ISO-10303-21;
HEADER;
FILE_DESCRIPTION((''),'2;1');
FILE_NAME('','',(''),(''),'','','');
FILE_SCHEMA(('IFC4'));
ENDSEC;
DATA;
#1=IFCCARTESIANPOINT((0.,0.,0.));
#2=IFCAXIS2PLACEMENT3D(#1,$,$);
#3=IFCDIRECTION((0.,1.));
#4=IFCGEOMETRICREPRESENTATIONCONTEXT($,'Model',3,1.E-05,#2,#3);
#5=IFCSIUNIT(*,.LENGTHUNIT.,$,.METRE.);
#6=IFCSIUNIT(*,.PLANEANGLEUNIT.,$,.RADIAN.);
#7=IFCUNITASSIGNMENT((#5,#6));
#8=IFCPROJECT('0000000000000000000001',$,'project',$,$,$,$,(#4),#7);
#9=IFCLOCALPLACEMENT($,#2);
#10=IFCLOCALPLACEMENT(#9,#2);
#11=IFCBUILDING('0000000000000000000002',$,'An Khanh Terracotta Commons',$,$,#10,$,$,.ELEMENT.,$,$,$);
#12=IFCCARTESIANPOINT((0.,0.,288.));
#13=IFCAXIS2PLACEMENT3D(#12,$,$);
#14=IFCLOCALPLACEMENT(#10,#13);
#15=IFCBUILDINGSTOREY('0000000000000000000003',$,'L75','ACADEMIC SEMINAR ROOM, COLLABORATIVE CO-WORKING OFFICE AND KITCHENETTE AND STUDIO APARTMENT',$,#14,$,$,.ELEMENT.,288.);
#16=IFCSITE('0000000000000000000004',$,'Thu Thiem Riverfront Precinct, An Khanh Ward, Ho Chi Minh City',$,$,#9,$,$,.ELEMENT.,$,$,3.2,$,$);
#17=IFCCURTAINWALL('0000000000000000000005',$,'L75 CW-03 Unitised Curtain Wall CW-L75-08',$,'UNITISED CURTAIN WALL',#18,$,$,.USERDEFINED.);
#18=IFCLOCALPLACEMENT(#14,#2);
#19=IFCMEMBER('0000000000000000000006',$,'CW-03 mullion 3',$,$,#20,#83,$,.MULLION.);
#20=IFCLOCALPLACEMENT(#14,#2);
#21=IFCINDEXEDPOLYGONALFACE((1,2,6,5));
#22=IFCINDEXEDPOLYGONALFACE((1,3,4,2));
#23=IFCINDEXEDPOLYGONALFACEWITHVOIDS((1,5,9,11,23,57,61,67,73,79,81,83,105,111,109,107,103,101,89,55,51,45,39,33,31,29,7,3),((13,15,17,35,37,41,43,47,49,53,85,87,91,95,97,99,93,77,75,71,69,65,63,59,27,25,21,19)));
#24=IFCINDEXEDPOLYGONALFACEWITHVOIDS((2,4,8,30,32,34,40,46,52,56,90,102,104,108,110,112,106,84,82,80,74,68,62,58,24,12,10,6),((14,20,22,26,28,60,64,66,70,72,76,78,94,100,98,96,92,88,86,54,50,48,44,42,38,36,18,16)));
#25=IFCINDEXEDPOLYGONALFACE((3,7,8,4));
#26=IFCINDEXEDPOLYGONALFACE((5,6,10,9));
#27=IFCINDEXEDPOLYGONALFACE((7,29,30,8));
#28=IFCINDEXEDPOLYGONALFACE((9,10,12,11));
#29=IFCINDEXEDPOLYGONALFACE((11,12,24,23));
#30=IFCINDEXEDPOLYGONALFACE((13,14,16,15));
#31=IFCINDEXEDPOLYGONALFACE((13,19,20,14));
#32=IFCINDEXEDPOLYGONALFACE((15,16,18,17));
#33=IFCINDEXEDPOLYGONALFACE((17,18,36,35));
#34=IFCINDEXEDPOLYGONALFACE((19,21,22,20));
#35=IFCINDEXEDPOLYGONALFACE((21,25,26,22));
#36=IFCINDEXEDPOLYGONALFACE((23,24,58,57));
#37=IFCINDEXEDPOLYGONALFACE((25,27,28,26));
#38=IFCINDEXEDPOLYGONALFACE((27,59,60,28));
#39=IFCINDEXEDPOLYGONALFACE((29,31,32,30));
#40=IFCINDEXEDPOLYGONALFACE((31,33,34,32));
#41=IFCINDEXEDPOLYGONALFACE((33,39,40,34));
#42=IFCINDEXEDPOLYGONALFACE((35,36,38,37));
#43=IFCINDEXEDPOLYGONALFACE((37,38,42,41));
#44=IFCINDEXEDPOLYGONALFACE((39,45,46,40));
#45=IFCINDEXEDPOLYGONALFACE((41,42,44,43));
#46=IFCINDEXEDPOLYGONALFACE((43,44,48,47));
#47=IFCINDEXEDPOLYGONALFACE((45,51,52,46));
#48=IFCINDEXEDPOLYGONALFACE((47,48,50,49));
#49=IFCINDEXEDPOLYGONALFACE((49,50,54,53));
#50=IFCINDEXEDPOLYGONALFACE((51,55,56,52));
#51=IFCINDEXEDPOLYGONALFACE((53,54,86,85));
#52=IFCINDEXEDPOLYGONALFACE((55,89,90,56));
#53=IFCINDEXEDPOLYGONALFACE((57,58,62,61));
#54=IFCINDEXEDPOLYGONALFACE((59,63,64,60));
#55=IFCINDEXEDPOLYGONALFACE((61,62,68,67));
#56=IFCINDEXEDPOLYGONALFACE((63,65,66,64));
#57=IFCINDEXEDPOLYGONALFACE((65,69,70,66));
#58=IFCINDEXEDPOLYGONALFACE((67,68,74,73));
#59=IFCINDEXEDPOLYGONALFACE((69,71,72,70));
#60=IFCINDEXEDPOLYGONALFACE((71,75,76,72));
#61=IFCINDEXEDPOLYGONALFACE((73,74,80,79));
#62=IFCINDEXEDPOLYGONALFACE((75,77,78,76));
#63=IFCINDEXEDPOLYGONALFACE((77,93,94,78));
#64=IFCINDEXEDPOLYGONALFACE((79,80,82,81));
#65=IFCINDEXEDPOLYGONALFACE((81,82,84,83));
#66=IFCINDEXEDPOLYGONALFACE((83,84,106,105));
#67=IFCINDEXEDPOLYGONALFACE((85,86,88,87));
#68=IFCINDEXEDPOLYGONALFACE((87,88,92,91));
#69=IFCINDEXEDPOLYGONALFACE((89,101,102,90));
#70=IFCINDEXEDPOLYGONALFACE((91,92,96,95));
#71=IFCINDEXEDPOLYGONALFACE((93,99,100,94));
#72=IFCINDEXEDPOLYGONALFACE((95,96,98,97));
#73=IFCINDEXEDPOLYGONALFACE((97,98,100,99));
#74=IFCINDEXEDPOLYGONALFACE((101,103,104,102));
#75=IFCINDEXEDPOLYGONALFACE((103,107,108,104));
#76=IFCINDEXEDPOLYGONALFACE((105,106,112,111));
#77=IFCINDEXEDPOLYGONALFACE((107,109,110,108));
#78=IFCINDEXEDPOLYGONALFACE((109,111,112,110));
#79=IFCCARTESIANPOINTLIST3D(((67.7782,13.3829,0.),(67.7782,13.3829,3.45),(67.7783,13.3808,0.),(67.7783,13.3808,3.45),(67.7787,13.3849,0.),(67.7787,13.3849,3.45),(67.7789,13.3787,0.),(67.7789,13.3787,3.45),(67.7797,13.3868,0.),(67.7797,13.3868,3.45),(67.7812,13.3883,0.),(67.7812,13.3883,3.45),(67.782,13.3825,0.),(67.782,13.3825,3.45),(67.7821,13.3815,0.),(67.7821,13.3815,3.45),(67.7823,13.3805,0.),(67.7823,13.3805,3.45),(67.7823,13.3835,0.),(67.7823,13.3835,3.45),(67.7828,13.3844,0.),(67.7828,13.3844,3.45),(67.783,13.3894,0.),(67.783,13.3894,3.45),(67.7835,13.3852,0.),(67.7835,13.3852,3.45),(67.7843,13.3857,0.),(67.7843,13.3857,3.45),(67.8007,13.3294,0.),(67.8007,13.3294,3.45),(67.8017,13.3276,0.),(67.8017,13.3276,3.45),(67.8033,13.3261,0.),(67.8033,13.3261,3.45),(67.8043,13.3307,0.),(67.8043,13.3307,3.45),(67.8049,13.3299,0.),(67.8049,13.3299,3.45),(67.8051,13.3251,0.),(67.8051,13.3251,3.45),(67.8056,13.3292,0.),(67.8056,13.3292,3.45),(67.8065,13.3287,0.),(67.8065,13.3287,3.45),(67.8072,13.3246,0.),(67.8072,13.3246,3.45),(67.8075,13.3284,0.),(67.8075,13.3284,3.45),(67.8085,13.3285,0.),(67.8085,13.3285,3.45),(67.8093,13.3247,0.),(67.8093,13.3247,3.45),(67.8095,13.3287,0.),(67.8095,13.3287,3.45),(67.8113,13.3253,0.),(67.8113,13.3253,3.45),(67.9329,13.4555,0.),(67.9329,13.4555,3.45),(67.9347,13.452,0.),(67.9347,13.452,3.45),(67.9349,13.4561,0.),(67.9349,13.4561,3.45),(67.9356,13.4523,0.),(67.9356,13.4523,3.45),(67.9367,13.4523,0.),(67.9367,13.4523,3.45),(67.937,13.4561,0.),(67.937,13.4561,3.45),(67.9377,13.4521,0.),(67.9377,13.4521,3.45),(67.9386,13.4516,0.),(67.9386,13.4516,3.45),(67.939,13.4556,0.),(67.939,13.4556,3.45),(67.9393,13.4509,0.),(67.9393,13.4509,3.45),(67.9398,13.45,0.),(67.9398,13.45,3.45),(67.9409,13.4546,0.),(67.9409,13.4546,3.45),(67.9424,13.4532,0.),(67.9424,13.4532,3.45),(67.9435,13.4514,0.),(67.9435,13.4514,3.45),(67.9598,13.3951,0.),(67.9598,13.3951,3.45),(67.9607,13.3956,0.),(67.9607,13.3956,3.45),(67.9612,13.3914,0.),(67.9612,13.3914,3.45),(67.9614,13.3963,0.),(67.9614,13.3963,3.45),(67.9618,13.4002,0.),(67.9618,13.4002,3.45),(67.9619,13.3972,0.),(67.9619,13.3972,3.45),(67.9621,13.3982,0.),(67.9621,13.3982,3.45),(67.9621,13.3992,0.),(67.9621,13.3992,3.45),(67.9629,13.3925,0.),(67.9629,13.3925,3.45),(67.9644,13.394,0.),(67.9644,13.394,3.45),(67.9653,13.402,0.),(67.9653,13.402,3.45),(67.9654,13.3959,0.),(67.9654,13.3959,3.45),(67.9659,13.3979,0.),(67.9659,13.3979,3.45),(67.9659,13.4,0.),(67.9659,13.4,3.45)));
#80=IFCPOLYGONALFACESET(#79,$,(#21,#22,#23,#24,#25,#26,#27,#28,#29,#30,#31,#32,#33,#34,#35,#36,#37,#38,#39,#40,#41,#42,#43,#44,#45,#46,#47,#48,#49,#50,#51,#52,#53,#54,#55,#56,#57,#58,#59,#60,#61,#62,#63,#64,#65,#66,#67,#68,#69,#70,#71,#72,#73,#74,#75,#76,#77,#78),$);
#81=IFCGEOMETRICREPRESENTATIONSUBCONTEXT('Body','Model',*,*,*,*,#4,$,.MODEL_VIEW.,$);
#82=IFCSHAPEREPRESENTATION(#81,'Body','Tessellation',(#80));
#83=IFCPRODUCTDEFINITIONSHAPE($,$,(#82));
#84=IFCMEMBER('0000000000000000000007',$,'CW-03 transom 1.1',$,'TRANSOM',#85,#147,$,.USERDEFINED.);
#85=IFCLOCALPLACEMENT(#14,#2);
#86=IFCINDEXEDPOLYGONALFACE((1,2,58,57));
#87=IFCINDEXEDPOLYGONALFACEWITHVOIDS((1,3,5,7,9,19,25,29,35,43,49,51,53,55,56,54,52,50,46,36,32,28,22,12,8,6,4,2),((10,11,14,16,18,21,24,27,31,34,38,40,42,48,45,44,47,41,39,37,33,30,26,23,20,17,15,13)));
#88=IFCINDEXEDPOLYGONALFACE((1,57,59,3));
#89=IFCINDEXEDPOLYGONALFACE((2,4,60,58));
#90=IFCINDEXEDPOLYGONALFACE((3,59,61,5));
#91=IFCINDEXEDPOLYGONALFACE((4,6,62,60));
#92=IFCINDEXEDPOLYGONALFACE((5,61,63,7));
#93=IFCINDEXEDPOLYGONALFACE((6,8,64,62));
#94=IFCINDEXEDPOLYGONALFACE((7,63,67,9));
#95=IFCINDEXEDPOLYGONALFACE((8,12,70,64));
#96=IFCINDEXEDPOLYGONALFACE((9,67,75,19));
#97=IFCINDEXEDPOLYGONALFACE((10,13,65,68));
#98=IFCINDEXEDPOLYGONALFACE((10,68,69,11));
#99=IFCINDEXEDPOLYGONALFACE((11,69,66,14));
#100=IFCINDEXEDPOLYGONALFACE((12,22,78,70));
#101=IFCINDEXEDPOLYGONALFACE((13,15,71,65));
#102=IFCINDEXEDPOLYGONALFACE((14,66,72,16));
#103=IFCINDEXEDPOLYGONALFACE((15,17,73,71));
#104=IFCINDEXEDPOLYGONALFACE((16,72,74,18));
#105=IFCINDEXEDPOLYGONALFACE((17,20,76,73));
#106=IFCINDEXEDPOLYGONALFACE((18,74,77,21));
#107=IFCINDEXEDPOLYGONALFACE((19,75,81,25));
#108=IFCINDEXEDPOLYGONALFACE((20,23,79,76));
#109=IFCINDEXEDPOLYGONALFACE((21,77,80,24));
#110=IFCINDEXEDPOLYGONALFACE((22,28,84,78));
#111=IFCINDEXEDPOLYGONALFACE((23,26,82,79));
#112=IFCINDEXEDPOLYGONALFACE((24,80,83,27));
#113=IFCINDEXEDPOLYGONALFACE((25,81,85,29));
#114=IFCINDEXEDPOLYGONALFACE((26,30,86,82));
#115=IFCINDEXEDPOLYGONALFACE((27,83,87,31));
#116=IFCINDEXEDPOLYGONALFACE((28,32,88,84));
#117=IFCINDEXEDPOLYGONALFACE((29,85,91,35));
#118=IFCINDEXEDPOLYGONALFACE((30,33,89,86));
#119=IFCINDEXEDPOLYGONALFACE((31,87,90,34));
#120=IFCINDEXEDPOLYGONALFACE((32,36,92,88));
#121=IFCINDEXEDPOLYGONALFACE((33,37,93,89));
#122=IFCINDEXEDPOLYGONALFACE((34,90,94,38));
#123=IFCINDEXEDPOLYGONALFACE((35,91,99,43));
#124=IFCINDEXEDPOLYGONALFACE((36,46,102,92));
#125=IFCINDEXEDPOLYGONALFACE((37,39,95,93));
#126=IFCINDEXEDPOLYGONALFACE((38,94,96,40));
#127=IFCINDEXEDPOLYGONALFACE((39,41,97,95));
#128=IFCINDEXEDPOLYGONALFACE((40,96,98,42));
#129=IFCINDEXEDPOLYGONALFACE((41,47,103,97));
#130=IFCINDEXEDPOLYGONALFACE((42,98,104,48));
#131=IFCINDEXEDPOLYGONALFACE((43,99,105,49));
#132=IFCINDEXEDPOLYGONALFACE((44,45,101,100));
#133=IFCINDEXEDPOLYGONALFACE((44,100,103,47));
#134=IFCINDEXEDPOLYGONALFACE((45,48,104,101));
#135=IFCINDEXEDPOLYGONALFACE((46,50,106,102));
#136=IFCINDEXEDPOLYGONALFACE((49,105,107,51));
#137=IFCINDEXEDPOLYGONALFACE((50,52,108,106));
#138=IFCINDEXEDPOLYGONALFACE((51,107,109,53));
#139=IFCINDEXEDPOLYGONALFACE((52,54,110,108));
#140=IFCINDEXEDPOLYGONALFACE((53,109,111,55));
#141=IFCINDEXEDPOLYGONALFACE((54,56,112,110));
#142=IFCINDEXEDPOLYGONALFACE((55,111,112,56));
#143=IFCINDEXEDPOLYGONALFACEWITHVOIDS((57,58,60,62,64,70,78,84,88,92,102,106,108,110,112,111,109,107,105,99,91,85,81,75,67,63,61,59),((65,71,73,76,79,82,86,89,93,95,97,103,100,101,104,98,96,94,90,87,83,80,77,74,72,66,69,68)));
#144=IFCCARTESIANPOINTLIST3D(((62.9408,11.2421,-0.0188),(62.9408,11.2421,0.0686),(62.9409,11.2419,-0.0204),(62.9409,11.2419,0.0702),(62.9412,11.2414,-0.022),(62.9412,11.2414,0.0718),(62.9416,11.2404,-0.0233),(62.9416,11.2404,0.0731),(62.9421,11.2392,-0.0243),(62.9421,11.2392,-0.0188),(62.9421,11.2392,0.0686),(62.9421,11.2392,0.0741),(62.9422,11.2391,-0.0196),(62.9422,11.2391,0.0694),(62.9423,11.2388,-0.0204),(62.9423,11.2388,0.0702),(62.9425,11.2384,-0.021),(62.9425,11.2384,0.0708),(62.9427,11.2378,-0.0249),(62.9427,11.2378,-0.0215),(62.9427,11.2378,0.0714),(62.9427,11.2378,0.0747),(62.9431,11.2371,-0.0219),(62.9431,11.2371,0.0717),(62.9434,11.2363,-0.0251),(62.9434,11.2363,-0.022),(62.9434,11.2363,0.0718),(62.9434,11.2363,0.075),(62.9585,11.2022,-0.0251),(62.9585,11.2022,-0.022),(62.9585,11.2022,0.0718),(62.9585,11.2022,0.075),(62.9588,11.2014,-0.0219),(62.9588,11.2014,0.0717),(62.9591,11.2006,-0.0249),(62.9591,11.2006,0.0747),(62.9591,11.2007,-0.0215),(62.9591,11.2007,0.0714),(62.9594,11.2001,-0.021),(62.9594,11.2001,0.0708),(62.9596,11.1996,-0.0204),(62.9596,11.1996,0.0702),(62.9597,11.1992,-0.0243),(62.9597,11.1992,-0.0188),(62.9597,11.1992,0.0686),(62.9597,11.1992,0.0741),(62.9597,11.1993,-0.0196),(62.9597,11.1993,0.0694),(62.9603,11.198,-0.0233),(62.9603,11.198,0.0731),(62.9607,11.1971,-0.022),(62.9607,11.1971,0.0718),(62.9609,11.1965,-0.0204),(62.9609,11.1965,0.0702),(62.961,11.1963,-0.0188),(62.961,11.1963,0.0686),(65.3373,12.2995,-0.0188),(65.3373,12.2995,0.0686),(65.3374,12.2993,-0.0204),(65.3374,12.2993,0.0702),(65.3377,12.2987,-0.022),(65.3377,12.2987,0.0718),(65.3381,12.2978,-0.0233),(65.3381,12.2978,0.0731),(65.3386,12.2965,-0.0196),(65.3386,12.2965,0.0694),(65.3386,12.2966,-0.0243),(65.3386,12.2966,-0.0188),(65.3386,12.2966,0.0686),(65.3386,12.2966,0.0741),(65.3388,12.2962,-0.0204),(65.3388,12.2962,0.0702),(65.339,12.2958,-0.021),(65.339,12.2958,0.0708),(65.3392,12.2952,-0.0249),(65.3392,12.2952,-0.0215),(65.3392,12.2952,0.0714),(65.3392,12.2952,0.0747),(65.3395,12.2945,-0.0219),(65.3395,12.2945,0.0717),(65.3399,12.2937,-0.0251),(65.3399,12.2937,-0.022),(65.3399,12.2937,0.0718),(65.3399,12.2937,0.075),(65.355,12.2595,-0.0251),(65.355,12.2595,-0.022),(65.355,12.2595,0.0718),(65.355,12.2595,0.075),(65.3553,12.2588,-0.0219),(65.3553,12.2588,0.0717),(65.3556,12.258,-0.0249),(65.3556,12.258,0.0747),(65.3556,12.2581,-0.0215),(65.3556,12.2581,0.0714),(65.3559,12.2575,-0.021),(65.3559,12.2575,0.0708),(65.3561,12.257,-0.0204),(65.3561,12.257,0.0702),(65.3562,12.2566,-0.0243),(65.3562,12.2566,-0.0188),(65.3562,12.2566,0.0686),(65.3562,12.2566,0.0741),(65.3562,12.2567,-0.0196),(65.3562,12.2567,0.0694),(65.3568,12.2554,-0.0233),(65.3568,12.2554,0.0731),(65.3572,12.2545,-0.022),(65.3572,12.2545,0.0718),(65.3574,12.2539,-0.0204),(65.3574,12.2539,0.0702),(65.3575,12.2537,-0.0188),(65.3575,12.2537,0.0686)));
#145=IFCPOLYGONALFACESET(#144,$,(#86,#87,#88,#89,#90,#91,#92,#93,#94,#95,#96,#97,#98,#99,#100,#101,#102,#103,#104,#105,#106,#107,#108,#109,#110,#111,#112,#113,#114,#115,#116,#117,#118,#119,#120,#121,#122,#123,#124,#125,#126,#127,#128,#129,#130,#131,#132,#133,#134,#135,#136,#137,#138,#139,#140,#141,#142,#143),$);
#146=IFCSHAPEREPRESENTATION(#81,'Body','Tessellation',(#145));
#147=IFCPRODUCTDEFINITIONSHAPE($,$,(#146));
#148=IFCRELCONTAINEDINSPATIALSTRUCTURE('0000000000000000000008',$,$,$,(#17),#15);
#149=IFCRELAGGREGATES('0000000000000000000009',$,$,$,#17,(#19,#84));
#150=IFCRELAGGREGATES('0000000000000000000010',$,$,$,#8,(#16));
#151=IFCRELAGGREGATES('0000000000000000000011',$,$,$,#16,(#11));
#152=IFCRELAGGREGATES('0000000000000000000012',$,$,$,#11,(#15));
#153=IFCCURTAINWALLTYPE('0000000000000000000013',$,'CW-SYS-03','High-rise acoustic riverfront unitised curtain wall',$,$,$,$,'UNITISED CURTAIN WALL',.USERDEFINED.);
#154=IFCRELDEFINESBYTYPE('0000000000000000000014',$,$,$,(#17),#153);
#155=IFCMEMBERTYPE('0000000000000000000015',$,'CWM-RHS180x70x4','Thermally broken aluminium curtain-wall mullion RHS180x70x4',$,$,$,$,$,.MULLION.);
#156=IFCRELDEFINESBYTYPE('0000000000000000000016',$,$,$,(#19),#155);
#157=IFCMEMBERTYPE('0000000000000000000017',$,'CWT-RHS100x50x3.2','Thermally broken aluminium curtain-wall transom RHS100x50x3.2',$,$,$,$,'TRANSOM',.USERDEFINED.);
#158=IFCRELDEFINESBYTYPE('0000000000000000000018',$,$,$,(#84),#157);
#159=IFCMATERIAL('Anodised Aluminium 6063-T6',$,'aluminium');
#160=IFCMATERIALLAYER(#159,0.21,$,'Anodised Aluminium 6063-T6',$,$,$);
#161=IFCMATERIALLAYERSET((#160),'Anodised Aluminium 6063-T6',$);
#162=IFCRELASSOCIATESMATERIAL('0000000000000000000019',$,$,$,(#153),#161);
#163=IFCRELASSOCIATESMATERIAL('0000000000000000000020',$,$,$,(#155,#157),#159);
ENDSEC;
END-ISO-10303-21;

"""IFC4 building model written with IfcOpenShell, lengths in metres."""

from ifc_helpers import new_model, si_unit, direction, frame, origin, origin_2d, place, context, subcontext, project, spatial, hollow_rectangle, extrude, material, layer, layer_set, material_profile, profile_set, type_object, element, aggregate, save


model = new_model("IFC4")

# Units and contexts
model_context = context("Model", 3, precision=1e-05, world=origin(), true_north=direction((0.0, 1.0)))
body_context = subcontext(model_context, "Body", "Model", "MODEL_VIEW")
ifc_project = project(units=[si_unit("LENGTHUNIT", "METRE"), si_unit("PLANEANGLEUNIT", "RADIAN")], contexts=[model_context])

# Site, building, storey
site_placement = place(None, origin())
site = spatial("IfcSite", under=ifc_project, at=site_placement, Name="Thu Thiem Riverfront Precinct, An Khanh Ward, Ho Chi Minh City", CompositionType="ELEMENT", RefElevation=3.2)
building_placement = place(site_placement, origin())
building = spatial("IfcBuilding", under=site, at=building_placement, Name="An Khanh Terracotta Commons", CompositionType="ELEMENT")
storey_placement = place(building_placement, frame((0.0, 0.0, 288.0)))
storey = spatial("IfcBuildingStorey", under=building, at=storey_placement, Name="L75", Description="ACADEMIC SEMINAR ROOM, COLLABORATIVE CO-WORKING OFFICE AND KITCHENETTE AND STUDIO APARTMENT", CompositionType="ELEMENT", Elevation=288.0)

# Curtain wall, members
ifc_material_1 = material(Name="Anodised Aluminium 6063-T6", Category="aluminium")
ifc_layer_1 = layer(ifc_material_1, 0.21, Name="Anodised Aluminium 6063-T6")
ifc_layer_set_1 = layer_set([ifc_layer_1], Name="Anodised Aluminium 6063-T6")
curtain_wall_type = type_object("IfcCurtainWallType", Name="CW-SYS-03", Description="High-rise acoustic riverfront unitised curtain wall", ElementType="UNITISED CURTAIN WALL", PredefinedType="USERDEFINED", material=ifc_layer_set_1)
curtain_wall_placement = place(storey_placement, origin())
curtain_wall = element("IfcCurtainWall", 1, at=curtain_wall_placement, inside=storey, type_object=curtain_wall_type, Name="L75 CW-03 Unitised Curtain Wall CW-L75-08", ObjectType="UNITISED CURTAIN WALL", PredefinedType="USERDEFINED")
ifc_material_profile_1 = material_profile(ifc_material_1, hollow_rectangle(XDim=0.0701, YDim=0.1799, WallThickness=0.0039, InnerFilletRadius=0.0039, OuterFilletRadius=0.0081, at=origin_2d()), Name="RHS180x70x4")
ifc_profile_set_1 = profile_set([ifc_material_profile_1], Name="Anodised Aluminium 6063-T6")
member_type_1 = type_object("IfcMemberType", Name="CWM-RHS180x70x4", Description="Thermally broken aluminium curtain-wall mullion RHS180x70x4", PredefinedType="MULLION", material=ifc_profile_set_1)
member_1_placement = place(storey_placement, frame((67.8721, 13.3904, 0.0), z_axis=(0.0, 0.0, 1.0), x_axis=(-0.403676, 0.914902, 0.0)))
member_1 = element("IfcMember", 2, at=member_1_placement, type_object=member_type_1, Name="CW-03 mullion 3", PredefinedType="MULLION", context=body_context, shape_type="SweptSolid", body=[
    extrude(hollow_rectangle(XDim=0.0701, YDim=0.1799, WallThickness=0.0039, InnerFilletRadius=0.0039, OuterFilletRadius=0.0081, at=origin_2d()), origin(), (0.0, 0.0, 1.0), 3.45),
])
ifc_material_profile_2 = material_profile(ifc_material_1, hollow_rectangle(XDim=0.05, YDim=0.1001, WallThickness=0.0032, InnerFilletRadius=0.0032, OuterFilletRadius=0.0063, at=origin_2d()), Name="RHS100x50x3.2")
ifc_profile_set_2 = profile_set([ifc_material_profile_2], Name="Anodised Aluminium 6063-T6")
member_type_2 = type_object("IfcMemberType", Name="CWT-RHS100x50x3.2", Description="Thermally broken aluminium curtain-wall transom RHS100x50x3.2", ElementType="TRANSOM", PredefinedType="USERDEFINED", material=ifc_profile_set_2)
member_2_placement = place(storey_placement, frame((62.9509, 11.2192, 0.0249), z_axis=(0.914904, 0.403672, 0.0), x_axis=(-0.403672, 0.914904, 0.0)))
member_2 = element("IfcMember", 3, at=member_2_placement, type_object=member_type_2, Name="CW-03 transom 1.1", ObjectType="TRANSOM", PredefinedType="USERDEFINED", context=body_context, shape_type="SweptSolid", body=[
    extrude(hollow_rectangle(XDim=0.05, YDim=0.1001, WallThickness=0.0032, InnerFilletRadius=0.0032, OuterFilletRadius=0.0063, at=origin_2d()), origin(), (0.0, 0.0, 1.0), 2.6194),
])
aggregate(curtain_wall, [member_1, member_2])

save(model, "model.ifc")
